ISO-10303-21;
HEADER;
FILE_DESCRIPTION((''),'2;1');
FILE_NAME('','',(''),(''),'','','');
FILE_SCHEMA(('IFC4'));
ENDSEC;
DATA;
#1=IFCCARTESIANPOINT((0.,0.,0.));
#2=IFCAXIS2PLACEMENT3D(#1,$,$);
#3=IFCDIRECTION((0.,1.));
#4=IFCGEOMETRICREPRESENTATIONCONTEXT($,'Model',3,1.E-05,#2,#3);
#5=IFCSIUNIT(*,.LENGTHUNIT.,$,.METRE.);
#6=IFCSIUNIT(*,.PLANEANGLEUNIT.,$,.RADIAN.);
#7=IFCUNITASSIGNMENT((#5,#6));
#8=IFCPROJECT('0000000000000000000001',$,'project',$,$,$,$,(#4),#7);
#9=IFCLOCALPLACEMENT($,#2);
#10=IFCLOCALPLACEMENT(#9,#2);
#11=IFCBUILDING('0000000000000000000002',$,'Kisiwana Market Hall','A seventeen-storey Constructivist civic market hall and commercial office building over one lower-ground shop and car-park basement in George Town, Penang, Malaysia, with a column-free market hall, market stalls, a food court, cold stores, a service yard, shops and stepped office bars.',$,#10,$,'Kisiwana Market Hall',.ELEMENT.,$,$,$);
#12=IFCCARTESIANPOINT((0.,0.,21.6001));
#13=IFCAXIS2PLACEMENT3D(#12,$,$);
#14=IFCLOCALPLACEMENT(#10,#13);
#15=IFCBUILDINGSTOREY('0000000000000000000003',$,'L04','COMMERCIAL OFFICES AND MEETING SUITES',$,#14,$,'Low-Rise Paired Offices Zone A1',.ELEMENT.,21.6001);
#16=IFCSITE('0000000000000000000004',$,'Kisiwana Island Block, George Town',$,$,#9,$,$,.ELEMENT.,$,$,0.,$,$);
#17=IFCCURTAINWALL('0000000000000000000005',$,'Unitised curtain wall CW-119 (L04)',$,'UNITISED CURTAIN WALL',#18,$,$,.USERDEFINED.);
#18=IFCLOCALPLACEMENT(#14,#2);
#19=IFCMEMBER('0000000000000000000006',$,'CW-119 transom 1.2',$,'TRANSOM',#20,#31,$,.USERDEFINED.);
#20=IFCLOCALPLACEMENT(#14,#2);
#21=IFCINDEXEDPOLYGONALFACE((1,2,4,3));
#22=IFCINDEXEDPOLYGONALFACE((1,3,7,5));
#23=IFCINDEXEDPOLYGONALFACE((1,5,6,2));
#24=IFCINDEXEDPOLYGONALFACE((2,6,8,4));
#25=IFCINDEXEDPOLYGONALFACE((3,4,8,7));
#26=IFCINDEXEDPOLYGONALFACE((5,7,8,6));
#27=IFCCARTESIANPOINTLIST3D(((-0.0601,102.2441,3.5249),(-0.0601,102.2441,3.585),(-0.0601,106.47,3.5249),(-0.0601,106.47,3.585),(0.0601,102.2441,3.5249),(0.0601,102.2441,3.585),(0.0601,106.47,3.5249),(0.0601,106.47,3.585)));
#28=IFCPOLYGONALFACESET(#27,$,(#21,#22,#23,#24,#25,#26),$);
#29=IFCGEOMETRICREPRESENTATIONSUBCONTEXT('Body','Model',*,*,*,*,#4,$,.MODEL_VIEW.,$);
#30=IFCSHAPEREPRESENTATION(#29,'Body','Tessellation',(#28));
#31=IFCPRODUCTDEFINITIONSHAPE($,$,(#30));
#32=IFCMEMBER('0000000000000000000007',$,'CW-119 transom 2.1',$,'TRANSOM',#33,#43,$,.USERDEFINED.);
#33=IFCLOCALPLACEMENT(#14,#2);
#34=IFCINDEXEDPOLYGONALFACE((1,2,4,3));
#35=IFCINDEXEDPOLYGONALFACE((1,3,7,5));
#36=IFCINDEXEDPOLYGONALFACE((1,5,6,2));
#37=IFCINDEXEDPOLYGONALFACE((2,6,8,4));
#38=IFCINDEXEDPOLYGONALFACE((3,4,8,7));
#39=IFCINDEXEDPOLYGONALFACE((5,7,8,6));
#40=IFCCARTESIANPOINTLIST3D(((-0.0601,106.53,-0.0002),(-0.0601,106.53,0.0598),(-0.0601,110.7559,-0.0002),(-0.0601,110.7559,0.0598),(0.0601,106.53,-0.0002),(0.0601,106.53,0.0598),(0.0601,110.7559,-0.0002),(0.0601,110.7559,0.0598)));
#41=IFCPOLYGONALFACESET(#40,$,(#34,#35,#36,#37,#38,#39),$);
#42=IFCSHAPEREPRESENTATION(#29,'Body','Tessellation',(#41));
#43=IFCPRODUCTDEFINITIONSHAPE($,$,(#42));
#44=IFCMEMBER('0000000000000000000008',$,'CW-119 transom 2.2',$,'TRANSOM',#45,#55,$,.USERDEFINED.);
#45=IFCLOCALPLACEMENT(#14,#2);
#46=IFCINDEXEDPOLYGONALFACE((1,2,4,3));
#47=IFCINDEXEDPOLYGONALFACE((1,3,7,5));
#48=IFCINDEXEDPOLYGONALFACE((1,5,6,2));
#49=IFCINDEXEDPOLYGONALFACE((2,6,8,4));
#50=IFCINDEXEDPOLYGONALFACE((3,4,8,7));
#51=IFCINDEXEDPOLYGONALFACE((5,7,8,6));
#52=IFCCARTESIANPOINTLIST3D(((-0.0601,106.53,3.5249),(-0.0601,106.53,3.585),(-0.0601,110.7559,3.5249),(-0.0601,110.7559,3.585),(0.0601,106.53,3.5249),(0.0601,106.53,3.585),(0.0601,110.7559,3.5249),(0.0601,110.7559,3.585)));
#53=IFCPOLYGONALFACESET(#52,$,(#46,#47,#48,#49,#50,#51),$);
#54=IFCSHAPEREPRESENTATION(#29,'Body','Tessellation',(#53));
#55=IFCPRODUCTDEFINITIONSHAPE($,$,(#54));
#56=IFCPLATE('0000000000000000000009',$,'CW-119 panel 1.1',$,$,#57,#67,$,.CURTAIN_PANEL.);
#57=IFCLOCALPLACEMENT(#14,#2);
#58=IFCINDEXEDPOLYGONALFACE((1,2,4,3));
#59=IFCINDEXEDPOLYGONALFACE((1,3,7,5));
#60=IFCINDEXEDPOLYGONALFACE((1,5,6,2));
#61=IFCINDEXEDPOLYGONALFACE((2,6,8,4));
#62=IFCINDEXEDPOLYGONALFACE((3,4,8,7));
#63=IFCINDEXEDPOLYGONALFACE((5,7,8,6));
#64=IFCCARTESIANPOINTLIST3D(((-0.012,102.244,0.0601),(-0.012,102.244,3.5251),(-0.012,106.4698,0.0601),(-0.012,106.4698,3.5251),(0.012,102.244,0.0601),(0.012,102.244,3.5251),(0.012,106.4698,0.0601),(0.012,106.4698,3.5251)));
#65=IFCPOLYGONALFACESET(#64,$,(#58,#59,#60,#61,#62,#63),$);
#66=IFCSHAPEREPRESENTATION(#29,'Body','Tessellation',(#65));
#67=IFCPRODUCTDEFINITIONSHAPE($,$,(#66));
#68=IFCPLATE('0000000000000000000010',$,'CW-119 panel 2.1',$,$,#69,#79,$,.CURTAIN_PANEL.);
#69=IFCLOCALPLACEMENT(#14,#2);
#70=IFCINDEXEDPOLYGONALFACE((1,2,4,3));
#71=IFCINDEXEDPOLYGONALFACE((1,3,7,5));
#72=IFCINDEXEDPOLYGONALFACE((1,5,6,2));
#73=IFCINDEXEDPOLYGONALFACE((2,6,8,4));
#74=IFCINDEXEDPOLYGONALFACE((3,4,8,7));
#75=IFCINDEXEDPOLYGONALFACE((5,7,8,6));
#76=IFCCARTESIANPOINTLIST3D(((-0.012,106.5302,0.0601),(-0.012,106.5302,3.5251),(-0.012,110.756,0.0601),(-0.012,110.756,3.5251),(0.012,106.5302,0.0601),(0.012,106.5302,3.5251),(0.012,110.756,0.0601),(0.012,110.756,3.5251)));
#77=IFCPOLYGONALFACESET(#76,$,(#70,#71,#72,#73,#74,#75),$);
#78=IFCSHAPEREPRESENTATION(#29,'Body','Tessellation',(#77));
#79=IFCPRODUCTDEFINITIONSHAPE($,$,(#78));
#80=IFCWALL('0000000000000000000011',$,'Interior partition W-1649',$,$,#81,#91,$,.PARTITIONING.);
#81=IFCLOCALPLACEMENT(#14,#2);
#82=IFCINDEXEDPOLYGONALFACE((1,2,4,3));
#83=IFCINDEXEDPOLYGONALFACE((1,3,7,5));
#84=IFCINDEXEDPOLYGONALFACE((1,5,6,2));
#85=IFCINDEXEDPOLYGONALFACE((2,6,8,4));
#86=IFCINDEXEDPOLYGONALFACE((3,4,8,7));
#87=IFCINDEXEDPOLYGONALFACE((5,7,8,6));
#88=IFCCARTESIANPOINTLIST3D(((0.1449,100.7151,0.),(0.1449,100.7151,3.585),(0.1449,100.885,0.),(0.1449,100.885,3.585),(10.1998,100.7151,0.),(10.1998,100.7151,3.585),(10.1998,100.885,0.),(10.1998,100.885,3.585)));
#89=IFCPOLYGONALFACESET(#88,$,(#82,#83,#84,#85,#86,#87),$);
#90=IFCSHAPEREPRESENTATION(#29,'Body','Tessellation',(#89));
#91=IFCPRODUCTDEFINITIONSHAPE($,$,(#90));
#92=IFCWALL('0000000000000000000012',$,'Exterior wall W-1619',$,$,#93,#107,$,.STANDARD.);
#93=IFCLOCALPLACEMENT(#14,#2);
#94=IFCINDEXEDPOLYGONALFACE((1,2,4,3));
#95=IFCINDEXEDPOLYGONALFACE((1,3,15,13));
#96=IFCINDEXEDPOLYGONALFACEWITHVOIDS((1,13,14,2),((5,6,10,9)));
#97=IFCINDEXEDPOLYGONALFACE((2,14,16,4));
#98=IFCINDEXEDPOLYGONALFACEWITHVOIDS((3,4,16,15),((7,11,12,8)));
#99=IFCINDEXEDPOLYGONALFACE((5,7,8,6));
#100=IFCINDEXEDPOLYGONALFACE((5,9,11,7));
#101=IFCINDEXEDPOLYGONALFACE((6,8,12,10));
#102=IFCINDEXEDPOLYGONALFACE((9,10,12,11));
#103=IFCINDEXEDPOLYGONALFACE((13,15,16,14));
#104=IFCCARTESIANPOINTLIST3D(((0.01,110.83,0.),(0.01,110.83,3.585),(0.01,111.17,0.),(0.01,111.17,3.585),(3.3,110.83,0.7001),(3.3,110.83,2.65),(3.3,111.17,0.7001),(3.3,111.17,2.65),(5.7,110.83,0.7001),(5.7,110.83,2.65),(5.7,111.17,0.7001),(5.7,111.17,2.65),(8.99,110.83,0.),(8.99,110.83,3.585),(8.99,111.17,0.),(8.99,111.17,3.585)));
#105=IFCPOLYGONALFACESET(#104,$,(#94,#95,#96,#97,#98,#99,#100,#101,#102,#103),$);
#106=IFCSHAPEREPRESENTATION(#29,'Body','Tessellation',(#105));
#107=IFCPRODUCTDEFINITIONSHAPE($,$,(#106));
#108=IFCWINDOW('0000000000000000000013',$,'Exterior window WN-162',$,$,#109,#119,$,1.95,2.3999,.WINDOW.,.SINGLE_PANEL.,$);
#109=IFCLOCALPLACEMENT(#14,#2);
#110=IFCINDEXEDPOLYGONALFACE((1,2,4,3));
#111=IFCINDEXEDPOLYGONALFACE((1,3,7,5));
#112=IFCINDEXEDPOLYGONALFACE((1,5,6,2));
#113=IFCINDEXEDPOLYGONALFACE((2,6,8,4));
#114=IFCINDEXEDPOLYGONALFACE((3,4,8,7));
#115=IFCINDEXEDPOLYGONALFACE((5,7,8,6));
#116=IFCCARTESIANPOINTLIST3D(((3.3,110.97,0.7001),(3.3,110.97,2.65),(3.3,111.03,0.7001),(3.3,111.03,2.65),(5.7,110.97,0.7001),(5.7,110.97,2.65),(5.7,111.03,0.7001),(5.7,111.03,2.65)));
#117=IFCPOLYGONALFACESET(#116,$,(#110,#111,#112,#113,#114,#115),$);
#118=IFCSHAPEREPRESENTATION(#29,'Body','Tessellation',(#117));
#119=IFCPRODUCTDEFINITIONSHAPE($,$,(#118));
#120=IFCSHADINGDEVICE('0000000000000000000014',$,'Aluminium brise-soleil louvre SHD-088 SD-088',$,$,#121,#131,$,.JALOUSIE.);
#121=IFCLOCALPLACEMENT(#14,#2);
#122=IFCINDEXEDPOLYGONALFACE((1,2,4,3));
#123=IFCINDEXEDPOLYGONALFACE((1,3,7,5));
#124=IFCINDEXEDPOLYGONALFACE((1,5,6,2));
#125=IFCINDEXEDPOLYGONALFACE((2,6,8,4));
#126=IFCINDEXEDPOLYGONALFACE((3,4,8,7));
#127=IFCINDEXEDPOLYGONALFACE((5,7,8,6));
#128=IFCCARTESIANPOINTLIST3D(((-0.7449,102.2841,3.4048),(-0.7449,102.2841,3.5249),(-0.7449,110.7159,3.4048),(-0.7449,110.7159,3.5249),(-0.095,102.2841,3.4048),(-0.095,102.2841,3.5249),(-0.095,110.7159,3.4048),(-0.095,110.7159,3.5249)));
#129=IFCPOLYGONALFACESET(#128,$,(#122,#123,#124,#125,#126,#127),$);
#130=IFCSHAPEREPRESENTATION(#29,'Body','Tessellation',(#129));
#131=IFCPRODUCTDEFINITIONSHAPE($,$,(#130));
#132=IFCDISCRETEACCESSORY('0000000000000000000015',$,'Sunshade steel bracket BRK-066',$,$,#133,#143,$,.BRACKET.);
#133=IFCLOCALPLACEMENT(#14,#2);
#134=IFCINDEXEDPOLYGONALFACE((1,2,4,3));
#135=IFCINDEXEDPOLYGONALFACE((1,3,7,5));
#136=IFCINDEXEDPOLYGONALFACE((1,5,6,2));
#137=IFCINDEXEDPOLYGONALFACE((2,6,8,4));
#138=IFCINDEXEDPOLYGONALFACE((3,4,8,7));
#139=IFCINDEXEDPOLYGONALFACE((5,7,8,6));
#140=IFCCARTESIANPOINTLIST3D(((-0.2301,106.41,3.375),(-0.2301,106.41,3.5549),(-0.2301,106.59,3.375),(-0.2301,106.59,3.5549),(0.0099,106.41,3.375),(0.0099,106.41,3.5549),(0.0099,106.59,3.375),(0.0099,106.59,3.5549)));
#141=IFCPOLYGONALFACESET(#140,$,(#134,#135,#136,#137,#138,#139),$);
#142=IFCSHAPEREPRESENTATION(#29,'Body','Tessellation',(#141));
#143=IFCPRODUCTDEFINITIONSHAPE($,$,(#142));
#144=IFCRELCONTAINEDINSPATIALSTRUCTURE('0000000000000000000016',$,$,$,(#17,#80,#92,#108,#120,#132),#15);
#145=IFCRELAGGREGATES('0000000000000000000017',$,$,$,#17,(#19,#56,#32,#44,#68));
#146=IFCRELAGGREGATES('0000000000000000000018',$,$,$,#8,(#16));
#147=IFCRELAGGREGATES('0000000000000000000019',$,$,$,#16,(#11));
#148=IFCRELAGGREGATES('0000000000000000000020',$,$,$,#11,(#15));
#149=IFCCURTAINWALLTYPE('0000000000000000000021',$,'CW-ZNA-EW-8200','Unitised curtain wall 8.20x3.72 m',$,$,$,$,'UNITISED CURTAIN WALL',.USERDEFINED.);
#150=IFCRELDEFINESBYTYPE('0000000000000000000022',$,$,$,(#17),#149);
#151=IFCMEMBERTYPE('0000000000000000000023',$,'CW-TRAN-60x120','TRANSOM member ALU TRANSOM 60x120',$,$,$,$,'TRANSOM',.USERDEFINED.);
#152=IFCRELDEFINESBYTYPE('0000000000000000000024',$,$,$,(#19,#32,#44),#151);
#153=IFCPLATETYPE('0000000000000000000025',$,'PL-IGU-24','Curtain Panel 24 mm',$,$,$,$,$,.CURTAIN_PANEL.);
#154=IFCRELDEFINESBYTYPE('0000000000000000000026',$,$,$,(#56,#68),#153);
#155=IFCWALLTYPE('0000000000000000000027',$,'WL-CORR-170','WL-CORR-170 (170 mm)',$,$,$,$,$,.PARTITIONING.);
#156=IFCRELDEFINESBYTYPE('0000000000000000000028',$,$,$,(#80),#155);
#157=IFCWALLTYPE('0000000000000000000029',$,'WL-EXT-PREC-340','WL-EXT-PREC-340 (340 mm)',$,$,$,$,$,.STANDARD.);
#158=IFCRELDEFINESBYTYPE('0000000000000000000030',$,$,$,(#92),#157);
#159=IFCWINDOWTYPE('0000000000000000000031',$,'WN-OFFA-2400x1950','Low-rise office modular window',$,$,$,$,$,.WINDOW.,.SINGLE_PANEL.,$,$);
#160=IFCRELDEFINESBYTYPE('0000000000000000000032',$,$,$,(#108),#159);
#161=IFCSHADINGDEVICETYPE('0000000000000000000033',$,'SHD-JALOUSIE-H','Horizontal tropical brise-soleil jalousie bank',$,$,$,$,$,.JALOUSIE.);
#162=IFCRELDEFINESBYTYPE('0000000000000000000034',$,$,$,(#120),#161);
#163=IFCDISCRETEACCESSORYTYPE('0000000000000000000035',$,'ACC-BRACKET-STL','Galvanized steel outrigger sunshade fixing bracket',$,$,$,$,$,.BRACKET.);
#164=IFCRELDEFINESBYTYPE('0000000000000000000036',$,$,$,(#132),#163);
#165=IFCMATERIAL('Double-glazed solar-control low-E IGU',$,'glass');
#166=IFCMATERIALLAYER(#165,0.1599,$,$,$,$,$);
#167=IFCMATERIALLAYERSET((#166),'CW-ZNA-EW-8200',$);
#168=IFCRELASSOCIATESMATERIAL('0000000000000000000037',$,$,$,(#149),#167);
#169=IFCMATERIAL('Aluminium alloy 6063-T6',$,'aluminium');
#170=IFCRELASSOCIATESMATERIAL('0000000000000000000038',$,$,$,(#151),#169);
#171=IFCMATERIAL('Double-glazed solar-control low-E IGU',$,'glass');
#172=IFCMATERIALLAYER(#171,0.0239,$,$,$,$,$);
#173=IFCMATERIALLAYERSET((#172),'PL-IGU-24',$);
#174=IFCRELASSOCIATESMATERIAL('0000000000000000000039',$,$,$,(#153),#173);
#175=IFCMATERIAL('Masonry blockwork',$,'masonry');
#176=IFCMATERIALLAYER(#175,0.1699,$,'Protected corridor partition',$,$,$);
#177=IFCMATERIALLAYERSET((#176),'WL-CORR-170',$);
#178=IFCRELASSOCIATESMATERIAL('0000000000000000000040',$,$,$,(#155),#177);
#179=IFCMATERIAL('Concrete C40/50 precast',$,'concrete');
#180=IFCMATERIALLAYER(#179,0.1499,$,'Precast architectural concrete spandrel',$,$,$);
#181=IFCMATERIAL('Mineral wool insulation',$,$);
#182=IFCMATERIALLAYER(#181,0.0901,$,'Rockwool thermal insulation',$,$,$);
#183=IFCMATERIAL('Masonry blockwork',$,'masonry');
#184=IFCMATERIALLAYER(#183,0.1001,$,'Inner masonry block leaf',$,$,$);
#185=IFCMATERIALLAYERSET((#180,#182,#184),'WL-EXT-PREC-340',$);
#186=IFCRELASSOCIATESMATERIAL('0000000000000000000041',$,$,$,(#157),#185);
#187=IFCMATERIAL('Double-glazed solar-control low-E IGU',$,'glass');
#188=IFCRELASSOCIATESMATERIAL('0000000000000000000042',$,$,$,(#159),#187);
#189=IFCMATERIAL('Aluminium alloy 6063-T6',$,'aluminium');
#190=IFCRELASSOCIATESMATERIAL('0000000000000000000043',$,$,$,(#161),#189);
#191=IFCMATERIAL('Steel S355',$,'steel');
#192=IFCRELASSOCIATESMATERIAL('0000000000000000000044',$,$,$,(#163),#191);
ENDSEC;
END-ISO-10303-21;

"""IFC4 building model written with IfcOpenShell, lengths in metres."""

from ifc_helpers import new_model, si_unit, direction, frame, frame_2d, origin, origin_2d, place, context, subcontext, project, spatial, rectangle, extrude, material, layer, layer_set, material_profile, profile_set, type_object, element, fill, aggregate, save


model = new_model("IFC4")

# Units and contexts
model_context = context("Model", 3, precision=1e-05, world=origin(), true_north=direction((0.0, 1.0)))
body_context = subcontext(model_context, "Body", "Model", "MODEL_VIEW")
ifc_project = project(units=[si_unit("LENGTHUNIT", "METRE"), si_unit("PLANEANGLEUNIT", "RADIAN")], contexts=[model_context])

# Site, building, storey
site_placement = place(None, origin())
site = spatial("IfcSite", under=ifc_project, at=site_placement, Name="Kisiwana Island Block, George Town", CompositionType="ELEMENT", RefElevation=0.0)
building_placement = place(site_placement, origin())
building = spatial("IfcBuilding", under=site, at=building_placement, Name="Kisiwana Market Hall", Description="A seventeen-storey Constructivist civic market hall and commercial office building over one lower-ground shop and car-park basement in George Town, Penang, Malaysia, with a column-free market hall, market stalls, a food court, cold stores, a service yard, shops and stepped office bars.", LongName="Kisiwana Market Hall", CompositionType="ELEMENT")
storey_placement = place(building_placement, frame((0.0, 0.0, 21.6001)))
storey = spatial("IfcBuildingStorey", under=building, at=storey_placement, Name="L04", Description="COMMERCIAL OFFICES AND MEETING SUITES", LongName="Low-Rise Paired Offices Zone A1", CompositionType="ELEMENT", Elevation=21.6001)

# Curtain wall, members, plates
ifc_material_1 = material(Name="Double-glazed solar-control low-E IGU", Category="glass")
ifc_layer_1 = layer(ifc_material_1, 0.1599)
ifc_layer_set_1 = layer_set([ifc_layer_1], Name="CW-ZNA-EW-8200")
curtain_wall_type = type_object("IfcCurtainWallType", Name="CW-ZNA-EW-8200", Description="Unitised curtain wall 8.20x3.72 m", ElementType="UNITISED CURTAIN WALL", PredefinedType="USERDEFINED", material=ifc_layer_set_1)
curtain_wall_placement = place(storey_placement, origin())
curtain_wall = element("IfcCurtainWall", 1, at=curtain_wall_placement, inside=storey, type_object=curtain_wall_type, Name="Unitised curtain wall CW-119 (L04)", ObjectType="UNITISED CURTAIN WALL", PredefinedType="USERDEFINED")
ifc_material_2 = material(Name="Aluminium alloy 6063-T6", Category="aluminium")
ifc_material_profile_1 = material_profile(ifc_material_2, rectangle(XDim=0.1201, YDim=0.0601, at=origin_2d()), Name="ALU TRANSOM 60x120")
ifc_profile_set_1 = profile_set([ifc_material_profile_1], Name="Aluminium alloy 6063-T6")
member_type_1 = type_object("IfcMemberType", Name="CW-TRAN-60x120", Description="TRANSOM member ALU TRANSOM 60x120", ElementType="TRANSOM", PredefinedType="USERDEFINED", material=ifc_profile_set_1)
member_1_placement = place(storey_placement, frame((0.0, 102.2441, 3.5549), z_axis=(0.0, 1.0, 0.0), x_axis=(-1.0, 0.0, 0.0)))
member_1 = element("IfcMember", 2, at=member_1_placement, type_object=member_type_1, Name="CW-119 transom 1.2", ObjectType="TRANSOM", PredefinedType="USERDEFINED", context=body_context, shape_type="SweptSolid", body=[
    extrude(rectangle(XDim=0.1201, YDim=0.0601, at=origin_2d()), origin(), (0.0, 0.0, 1.0), 4.2258),
])
member_2_placement = place(storey_placement, frame((0.0, 106.53, 0.0298), z_axis=(0.0, 1.0, 0.0), x_axis=(-1.0, 0.0, 0.0)))
member_2 = element("IfcMember", 3, at=member_2_placement, type_object=member_type_1, Name="CW-119 transom 2.1", ObjectType="TRANSOM", PredefinedType="USERDEFINED", context=body_context, shape_type="SweptSolid", body=[
    extrude(rectangle(XDim=0.1201, YDim=0.0601, at=origin_2d()), origin(), (0.0, 0.0, 1.0), 4.2258),
])
member_3_placement = place(storey_placement, frame((0.0, 106.53, 3.5549), z_axis=(0.0, 1.0, 0.0), x_axis=(-1.0, 0.0, 0.0)))
member_3 = element("IfcMember", 4, at=member_3_placement, type_object=member_type_1, Name="CW-119 transom 2.2", ObjectType="TRANSOM", PredefinedType="USERDEFINED", context=body_context, shape_type="SweptSolid", body=[
    extrude(rectangle(XDim=0.1201, YDim=0.0601, at=origin_2d()), origin(), (0.0, 0.0, 1.0), 4.2258),
])
ifc_material_3 = material(Name="Double-glazed solar-control low-E IGU", Category="glass")
ifc_layer_2 = layer(ifc_material_3, 0.0239)
ifc_layer_set_2 = layer_set([ifc_layer_2], Name="PL-IGU-24")
plate_type = type_object("IfcPlateType", Name="PL-IGU-24", Description="Curtain Panel 24 mm", PredefinedType="CURTAIN_PANEL", material=ifc_layer_set_2)
plate_1_placement = place(storey_placement, frame((0.0, 104.3569, 0.0601), z_axis=(0.0, 0.0, 1.0), x_axis=(0.0, 1.0, 0.0)))
plate_1 = element("IfcPlate", 5, at=plate_1_placement, type_object=plate_type, Name="CW-119 panel 1.1", PredefinedType="CURTAIN_PANEL", context=body_context, shape_type="SweptSolid", body=[
    extrude(rectangle(XDim=4.2258, YDim=0.0239, at=origin_2d()), origin(), (0.0, 0.0, 1.0), 3.4651),
])
plate_2_placement = place(storey_placement, frame((0.0, 108.6431, 0.0601), z_axis=(0.0, 0.0, 1.0), x_axis=(0.0, 1.0, 0.0)))
plate_2 = element("IfcPlate", 6, at=plate_2_placement, type_object=plate_type, Name="CW-119 panel 2.1", PredefinedType="CURTAIN_PANEL", context=body_context, shape_type="SweptSolid", body=[
    extrude(rectangle(XDim=4.2258, YDim=0.0239, at=origin_2d()), origin(), (0.0, 0.0, 1.0), 3.4651),
])
aggregate(curtain_wall, [member_1, plate_1, member_2, member_3, plate_2])

# Wall
ifc_material_4 = material(Name="Masonry blockwork", Category="masonry")
ifc_layer_3 = layer(ifc_material_4, 0.1699, Name="Protected corridor partition")
ifc_layer_set_3 = layer_set([ifc_layer_3], Name="WL-CORR-170")
wall_type_1 = type_object("IfcWallType", Name="WL-CORR-170", Description="WL-CORR-170 (170 mm)", PredefinedType="PARTITIONING", material=ifc_layer_set_3)
wall_1_placement = place(storey_placement, frame((0.145, 100.8, 0.0), z_axis=(0.0, 0.0, 1.0), x_axis=(1.0, 0.0, 0.0)))
element("IfcWall", 7, at=wall_1_placement, inside=storey, type_object=wall_type_1, Name="Interior partition W-1649", PredefinedType="PARTITIONING", context=body_context, shape_type="SweptSolid", body=[
    extrude(rectangle(XDim=10.0549, YDim=0.1699, at=frame_2d((5.0273, 0.0))), origin(), (0.0, 0.0, 1.0), 3.585),
])

# Wall, opening, window
ifc_material_5 = material(Name="Concrete C40/50 precast", Category="concrete")
ifc_layer_4 = layer(ifc_material_5, 0.1499, Name="Precast architectural concrete spandrel")
ifc_material_6 = material(Name="Mineral wool insulation")
ifc_layer_5 = layer(ifc_material_6, 0.0901, Name="Rockwool thermal insulation")
ifc_material_7 = material(Name="Masonry blockwork", Category="masonry")
ifc_layer_6 = layer(ifc_material_7, 0.1001, Name="Inner masonry block leaf")
ifc_layer_set_4 = layer_set([ifc_layer_4, ifc_layer_5, ifc_layer_6], Name="WL-EXT-PREC-340")
wall_type_2 = type_object("IfcWallType", Name="WL-EXT-PREC-340", Description="WL-EXT-PREC-340 (340 mm)", PredefinedType="STANDARD", material=ifc_layer_set_4)
wall_2_placement = place(storey_placement, frame((0.01, 111.0, 0.0), z_axis=(0.0, 0.0, 1.0), x_axis=(1.0, 0.0, 0.0)))
wall_2 = element("IfcWall", 8, at=wall_2_placement, inside=storey, type_object=wall_type_2, Name="Exterior wall W-1619", PredefinedType="STANDARD", context=body_context, shape_type="SweptSolid", body=[
    extrude(rectangle(XDim=8.98, YDim=0.3401, at=frame_2d((4.49, 0.0))), origin(), (0.0, 0.0, 1.0), 3.585),
])
opening_placement = place(wall_2_placement, frame((3.29, 0.0, 0.7)))
opening = element("IfcOpeningElement", 9, at=opening_placement, cuts=wall_2, PredefinedType="OPENING", context=body_context, shape_type="SweptSolid", body=[
    extrude(rectangle(XDim=2.3999, YDim=1.95, at=frame_2d((1.2, 0.9751))), frame((0.0, 0.1821, 0.0), z_axis=(0.0, -1.0, 0.0), x_axis=(1.0, 0.0, 0.0)), (0.0, 0.0, 1.0), 0.364),
])
ifc_material_8 = material(Name="Double-glazed solar-control low-E IGU", Category="glass")
window_type = type_object("IfcWindowType", Name="WN-OFFA-2400x1950", Description="Low-rise office modular window", PartitioningType="SINGLE_PANEL", PredefinedType="WINDOW", material=ifc_material_8)
window_placement = place(opening_placement, origin())
window = element("IfcWindow", 10, at=window_placement, inside=storey, type_object=window_type, Name="Exterior window WN-162", OverallHeight=1.95, OverallWidth=2.3999, PartitioningType="SINGLE_PANEL", PredefinedType="WINDOW", context=body_context, shape_type="SweptSolid", body=[
    extrude(rectangle(XDim=2.3999, YDim=1.95, at=frame_2d((1.2, 0.9751))), frame((0.0, 0.03, 0.0), z_axis=(0.0, -1.0, 0.0), x_axis=(1.0, 0.0, 0.0)), (0.0, 0.0, 1.0), 0.0601),
])
fill(opening, window)

# Shading device
ifc_material_9 = material(Name="Aluminium alloy 6063-T6", Category="aluminium")
shading_device_type = type_object("IfcShadingDeviceType", Name="SHD-JALOUSIE-H", Description="Horizontal tropical brise-soleil jalousie bank", PredefinedType="JALOUSIE", material=ifc_material_9)
shading_device_placement = place(storey_placement, frame((-0.4199, 106.5, 3.4048), z_axis=(0.0, 0.0, 1.0), x_axis=(0.0, 1.0, 0.0)))
element("IfcShadingDevice", 11, at=shading_device_placement, inside=storey, type_object=shading_device_type, Name="Aluminium brise-soleil louvre SHD-088 SD-088", PredefinedType="JALOUSIE", context=body_context, shape_type="SweptSolid", body=[
    extrude(rectangle(XDim=8.4319, YDim=0.6499, at=origin_2d()), origin(), (0.0, 0.0, 1.0), 0.1201),
])

# Discrete accessory
ifc_material_10 = material(Name="Steel S355", Category="steel")
discrete_accessory_type = type_object("IfcDiscreteAccessoryType", Name="ACC-BRACKET-STL", Description="Galvanized steel outrigger sunshade fixing bracket", PredefinedType="BRACKET", material=ifc_material_10)
discrete_accessory_placement = place(storey_placement, frame((-0.1101, 106.5, 3.375), z_axis=(0.0, 0.0, 1.0), x_axis=(0.0, 1.0, 0.0)))
element("IfcDiscreteAccessory", 12, at=discrete_accessory_placement, inside=storey, type_object=discrete_accessory_type, Name="Sunshade steel bracket BRK-066", PredefinedType="BRACKET", context=body_context, shape_type="SweptSolid", body=[
    extrude(rectangle(XDim=0.1799, YDim=0.24, at=origin_2d()), origin(), (0.0, 0.0, 1.0), 0.1799),
])

save(model, "model.ifc")
